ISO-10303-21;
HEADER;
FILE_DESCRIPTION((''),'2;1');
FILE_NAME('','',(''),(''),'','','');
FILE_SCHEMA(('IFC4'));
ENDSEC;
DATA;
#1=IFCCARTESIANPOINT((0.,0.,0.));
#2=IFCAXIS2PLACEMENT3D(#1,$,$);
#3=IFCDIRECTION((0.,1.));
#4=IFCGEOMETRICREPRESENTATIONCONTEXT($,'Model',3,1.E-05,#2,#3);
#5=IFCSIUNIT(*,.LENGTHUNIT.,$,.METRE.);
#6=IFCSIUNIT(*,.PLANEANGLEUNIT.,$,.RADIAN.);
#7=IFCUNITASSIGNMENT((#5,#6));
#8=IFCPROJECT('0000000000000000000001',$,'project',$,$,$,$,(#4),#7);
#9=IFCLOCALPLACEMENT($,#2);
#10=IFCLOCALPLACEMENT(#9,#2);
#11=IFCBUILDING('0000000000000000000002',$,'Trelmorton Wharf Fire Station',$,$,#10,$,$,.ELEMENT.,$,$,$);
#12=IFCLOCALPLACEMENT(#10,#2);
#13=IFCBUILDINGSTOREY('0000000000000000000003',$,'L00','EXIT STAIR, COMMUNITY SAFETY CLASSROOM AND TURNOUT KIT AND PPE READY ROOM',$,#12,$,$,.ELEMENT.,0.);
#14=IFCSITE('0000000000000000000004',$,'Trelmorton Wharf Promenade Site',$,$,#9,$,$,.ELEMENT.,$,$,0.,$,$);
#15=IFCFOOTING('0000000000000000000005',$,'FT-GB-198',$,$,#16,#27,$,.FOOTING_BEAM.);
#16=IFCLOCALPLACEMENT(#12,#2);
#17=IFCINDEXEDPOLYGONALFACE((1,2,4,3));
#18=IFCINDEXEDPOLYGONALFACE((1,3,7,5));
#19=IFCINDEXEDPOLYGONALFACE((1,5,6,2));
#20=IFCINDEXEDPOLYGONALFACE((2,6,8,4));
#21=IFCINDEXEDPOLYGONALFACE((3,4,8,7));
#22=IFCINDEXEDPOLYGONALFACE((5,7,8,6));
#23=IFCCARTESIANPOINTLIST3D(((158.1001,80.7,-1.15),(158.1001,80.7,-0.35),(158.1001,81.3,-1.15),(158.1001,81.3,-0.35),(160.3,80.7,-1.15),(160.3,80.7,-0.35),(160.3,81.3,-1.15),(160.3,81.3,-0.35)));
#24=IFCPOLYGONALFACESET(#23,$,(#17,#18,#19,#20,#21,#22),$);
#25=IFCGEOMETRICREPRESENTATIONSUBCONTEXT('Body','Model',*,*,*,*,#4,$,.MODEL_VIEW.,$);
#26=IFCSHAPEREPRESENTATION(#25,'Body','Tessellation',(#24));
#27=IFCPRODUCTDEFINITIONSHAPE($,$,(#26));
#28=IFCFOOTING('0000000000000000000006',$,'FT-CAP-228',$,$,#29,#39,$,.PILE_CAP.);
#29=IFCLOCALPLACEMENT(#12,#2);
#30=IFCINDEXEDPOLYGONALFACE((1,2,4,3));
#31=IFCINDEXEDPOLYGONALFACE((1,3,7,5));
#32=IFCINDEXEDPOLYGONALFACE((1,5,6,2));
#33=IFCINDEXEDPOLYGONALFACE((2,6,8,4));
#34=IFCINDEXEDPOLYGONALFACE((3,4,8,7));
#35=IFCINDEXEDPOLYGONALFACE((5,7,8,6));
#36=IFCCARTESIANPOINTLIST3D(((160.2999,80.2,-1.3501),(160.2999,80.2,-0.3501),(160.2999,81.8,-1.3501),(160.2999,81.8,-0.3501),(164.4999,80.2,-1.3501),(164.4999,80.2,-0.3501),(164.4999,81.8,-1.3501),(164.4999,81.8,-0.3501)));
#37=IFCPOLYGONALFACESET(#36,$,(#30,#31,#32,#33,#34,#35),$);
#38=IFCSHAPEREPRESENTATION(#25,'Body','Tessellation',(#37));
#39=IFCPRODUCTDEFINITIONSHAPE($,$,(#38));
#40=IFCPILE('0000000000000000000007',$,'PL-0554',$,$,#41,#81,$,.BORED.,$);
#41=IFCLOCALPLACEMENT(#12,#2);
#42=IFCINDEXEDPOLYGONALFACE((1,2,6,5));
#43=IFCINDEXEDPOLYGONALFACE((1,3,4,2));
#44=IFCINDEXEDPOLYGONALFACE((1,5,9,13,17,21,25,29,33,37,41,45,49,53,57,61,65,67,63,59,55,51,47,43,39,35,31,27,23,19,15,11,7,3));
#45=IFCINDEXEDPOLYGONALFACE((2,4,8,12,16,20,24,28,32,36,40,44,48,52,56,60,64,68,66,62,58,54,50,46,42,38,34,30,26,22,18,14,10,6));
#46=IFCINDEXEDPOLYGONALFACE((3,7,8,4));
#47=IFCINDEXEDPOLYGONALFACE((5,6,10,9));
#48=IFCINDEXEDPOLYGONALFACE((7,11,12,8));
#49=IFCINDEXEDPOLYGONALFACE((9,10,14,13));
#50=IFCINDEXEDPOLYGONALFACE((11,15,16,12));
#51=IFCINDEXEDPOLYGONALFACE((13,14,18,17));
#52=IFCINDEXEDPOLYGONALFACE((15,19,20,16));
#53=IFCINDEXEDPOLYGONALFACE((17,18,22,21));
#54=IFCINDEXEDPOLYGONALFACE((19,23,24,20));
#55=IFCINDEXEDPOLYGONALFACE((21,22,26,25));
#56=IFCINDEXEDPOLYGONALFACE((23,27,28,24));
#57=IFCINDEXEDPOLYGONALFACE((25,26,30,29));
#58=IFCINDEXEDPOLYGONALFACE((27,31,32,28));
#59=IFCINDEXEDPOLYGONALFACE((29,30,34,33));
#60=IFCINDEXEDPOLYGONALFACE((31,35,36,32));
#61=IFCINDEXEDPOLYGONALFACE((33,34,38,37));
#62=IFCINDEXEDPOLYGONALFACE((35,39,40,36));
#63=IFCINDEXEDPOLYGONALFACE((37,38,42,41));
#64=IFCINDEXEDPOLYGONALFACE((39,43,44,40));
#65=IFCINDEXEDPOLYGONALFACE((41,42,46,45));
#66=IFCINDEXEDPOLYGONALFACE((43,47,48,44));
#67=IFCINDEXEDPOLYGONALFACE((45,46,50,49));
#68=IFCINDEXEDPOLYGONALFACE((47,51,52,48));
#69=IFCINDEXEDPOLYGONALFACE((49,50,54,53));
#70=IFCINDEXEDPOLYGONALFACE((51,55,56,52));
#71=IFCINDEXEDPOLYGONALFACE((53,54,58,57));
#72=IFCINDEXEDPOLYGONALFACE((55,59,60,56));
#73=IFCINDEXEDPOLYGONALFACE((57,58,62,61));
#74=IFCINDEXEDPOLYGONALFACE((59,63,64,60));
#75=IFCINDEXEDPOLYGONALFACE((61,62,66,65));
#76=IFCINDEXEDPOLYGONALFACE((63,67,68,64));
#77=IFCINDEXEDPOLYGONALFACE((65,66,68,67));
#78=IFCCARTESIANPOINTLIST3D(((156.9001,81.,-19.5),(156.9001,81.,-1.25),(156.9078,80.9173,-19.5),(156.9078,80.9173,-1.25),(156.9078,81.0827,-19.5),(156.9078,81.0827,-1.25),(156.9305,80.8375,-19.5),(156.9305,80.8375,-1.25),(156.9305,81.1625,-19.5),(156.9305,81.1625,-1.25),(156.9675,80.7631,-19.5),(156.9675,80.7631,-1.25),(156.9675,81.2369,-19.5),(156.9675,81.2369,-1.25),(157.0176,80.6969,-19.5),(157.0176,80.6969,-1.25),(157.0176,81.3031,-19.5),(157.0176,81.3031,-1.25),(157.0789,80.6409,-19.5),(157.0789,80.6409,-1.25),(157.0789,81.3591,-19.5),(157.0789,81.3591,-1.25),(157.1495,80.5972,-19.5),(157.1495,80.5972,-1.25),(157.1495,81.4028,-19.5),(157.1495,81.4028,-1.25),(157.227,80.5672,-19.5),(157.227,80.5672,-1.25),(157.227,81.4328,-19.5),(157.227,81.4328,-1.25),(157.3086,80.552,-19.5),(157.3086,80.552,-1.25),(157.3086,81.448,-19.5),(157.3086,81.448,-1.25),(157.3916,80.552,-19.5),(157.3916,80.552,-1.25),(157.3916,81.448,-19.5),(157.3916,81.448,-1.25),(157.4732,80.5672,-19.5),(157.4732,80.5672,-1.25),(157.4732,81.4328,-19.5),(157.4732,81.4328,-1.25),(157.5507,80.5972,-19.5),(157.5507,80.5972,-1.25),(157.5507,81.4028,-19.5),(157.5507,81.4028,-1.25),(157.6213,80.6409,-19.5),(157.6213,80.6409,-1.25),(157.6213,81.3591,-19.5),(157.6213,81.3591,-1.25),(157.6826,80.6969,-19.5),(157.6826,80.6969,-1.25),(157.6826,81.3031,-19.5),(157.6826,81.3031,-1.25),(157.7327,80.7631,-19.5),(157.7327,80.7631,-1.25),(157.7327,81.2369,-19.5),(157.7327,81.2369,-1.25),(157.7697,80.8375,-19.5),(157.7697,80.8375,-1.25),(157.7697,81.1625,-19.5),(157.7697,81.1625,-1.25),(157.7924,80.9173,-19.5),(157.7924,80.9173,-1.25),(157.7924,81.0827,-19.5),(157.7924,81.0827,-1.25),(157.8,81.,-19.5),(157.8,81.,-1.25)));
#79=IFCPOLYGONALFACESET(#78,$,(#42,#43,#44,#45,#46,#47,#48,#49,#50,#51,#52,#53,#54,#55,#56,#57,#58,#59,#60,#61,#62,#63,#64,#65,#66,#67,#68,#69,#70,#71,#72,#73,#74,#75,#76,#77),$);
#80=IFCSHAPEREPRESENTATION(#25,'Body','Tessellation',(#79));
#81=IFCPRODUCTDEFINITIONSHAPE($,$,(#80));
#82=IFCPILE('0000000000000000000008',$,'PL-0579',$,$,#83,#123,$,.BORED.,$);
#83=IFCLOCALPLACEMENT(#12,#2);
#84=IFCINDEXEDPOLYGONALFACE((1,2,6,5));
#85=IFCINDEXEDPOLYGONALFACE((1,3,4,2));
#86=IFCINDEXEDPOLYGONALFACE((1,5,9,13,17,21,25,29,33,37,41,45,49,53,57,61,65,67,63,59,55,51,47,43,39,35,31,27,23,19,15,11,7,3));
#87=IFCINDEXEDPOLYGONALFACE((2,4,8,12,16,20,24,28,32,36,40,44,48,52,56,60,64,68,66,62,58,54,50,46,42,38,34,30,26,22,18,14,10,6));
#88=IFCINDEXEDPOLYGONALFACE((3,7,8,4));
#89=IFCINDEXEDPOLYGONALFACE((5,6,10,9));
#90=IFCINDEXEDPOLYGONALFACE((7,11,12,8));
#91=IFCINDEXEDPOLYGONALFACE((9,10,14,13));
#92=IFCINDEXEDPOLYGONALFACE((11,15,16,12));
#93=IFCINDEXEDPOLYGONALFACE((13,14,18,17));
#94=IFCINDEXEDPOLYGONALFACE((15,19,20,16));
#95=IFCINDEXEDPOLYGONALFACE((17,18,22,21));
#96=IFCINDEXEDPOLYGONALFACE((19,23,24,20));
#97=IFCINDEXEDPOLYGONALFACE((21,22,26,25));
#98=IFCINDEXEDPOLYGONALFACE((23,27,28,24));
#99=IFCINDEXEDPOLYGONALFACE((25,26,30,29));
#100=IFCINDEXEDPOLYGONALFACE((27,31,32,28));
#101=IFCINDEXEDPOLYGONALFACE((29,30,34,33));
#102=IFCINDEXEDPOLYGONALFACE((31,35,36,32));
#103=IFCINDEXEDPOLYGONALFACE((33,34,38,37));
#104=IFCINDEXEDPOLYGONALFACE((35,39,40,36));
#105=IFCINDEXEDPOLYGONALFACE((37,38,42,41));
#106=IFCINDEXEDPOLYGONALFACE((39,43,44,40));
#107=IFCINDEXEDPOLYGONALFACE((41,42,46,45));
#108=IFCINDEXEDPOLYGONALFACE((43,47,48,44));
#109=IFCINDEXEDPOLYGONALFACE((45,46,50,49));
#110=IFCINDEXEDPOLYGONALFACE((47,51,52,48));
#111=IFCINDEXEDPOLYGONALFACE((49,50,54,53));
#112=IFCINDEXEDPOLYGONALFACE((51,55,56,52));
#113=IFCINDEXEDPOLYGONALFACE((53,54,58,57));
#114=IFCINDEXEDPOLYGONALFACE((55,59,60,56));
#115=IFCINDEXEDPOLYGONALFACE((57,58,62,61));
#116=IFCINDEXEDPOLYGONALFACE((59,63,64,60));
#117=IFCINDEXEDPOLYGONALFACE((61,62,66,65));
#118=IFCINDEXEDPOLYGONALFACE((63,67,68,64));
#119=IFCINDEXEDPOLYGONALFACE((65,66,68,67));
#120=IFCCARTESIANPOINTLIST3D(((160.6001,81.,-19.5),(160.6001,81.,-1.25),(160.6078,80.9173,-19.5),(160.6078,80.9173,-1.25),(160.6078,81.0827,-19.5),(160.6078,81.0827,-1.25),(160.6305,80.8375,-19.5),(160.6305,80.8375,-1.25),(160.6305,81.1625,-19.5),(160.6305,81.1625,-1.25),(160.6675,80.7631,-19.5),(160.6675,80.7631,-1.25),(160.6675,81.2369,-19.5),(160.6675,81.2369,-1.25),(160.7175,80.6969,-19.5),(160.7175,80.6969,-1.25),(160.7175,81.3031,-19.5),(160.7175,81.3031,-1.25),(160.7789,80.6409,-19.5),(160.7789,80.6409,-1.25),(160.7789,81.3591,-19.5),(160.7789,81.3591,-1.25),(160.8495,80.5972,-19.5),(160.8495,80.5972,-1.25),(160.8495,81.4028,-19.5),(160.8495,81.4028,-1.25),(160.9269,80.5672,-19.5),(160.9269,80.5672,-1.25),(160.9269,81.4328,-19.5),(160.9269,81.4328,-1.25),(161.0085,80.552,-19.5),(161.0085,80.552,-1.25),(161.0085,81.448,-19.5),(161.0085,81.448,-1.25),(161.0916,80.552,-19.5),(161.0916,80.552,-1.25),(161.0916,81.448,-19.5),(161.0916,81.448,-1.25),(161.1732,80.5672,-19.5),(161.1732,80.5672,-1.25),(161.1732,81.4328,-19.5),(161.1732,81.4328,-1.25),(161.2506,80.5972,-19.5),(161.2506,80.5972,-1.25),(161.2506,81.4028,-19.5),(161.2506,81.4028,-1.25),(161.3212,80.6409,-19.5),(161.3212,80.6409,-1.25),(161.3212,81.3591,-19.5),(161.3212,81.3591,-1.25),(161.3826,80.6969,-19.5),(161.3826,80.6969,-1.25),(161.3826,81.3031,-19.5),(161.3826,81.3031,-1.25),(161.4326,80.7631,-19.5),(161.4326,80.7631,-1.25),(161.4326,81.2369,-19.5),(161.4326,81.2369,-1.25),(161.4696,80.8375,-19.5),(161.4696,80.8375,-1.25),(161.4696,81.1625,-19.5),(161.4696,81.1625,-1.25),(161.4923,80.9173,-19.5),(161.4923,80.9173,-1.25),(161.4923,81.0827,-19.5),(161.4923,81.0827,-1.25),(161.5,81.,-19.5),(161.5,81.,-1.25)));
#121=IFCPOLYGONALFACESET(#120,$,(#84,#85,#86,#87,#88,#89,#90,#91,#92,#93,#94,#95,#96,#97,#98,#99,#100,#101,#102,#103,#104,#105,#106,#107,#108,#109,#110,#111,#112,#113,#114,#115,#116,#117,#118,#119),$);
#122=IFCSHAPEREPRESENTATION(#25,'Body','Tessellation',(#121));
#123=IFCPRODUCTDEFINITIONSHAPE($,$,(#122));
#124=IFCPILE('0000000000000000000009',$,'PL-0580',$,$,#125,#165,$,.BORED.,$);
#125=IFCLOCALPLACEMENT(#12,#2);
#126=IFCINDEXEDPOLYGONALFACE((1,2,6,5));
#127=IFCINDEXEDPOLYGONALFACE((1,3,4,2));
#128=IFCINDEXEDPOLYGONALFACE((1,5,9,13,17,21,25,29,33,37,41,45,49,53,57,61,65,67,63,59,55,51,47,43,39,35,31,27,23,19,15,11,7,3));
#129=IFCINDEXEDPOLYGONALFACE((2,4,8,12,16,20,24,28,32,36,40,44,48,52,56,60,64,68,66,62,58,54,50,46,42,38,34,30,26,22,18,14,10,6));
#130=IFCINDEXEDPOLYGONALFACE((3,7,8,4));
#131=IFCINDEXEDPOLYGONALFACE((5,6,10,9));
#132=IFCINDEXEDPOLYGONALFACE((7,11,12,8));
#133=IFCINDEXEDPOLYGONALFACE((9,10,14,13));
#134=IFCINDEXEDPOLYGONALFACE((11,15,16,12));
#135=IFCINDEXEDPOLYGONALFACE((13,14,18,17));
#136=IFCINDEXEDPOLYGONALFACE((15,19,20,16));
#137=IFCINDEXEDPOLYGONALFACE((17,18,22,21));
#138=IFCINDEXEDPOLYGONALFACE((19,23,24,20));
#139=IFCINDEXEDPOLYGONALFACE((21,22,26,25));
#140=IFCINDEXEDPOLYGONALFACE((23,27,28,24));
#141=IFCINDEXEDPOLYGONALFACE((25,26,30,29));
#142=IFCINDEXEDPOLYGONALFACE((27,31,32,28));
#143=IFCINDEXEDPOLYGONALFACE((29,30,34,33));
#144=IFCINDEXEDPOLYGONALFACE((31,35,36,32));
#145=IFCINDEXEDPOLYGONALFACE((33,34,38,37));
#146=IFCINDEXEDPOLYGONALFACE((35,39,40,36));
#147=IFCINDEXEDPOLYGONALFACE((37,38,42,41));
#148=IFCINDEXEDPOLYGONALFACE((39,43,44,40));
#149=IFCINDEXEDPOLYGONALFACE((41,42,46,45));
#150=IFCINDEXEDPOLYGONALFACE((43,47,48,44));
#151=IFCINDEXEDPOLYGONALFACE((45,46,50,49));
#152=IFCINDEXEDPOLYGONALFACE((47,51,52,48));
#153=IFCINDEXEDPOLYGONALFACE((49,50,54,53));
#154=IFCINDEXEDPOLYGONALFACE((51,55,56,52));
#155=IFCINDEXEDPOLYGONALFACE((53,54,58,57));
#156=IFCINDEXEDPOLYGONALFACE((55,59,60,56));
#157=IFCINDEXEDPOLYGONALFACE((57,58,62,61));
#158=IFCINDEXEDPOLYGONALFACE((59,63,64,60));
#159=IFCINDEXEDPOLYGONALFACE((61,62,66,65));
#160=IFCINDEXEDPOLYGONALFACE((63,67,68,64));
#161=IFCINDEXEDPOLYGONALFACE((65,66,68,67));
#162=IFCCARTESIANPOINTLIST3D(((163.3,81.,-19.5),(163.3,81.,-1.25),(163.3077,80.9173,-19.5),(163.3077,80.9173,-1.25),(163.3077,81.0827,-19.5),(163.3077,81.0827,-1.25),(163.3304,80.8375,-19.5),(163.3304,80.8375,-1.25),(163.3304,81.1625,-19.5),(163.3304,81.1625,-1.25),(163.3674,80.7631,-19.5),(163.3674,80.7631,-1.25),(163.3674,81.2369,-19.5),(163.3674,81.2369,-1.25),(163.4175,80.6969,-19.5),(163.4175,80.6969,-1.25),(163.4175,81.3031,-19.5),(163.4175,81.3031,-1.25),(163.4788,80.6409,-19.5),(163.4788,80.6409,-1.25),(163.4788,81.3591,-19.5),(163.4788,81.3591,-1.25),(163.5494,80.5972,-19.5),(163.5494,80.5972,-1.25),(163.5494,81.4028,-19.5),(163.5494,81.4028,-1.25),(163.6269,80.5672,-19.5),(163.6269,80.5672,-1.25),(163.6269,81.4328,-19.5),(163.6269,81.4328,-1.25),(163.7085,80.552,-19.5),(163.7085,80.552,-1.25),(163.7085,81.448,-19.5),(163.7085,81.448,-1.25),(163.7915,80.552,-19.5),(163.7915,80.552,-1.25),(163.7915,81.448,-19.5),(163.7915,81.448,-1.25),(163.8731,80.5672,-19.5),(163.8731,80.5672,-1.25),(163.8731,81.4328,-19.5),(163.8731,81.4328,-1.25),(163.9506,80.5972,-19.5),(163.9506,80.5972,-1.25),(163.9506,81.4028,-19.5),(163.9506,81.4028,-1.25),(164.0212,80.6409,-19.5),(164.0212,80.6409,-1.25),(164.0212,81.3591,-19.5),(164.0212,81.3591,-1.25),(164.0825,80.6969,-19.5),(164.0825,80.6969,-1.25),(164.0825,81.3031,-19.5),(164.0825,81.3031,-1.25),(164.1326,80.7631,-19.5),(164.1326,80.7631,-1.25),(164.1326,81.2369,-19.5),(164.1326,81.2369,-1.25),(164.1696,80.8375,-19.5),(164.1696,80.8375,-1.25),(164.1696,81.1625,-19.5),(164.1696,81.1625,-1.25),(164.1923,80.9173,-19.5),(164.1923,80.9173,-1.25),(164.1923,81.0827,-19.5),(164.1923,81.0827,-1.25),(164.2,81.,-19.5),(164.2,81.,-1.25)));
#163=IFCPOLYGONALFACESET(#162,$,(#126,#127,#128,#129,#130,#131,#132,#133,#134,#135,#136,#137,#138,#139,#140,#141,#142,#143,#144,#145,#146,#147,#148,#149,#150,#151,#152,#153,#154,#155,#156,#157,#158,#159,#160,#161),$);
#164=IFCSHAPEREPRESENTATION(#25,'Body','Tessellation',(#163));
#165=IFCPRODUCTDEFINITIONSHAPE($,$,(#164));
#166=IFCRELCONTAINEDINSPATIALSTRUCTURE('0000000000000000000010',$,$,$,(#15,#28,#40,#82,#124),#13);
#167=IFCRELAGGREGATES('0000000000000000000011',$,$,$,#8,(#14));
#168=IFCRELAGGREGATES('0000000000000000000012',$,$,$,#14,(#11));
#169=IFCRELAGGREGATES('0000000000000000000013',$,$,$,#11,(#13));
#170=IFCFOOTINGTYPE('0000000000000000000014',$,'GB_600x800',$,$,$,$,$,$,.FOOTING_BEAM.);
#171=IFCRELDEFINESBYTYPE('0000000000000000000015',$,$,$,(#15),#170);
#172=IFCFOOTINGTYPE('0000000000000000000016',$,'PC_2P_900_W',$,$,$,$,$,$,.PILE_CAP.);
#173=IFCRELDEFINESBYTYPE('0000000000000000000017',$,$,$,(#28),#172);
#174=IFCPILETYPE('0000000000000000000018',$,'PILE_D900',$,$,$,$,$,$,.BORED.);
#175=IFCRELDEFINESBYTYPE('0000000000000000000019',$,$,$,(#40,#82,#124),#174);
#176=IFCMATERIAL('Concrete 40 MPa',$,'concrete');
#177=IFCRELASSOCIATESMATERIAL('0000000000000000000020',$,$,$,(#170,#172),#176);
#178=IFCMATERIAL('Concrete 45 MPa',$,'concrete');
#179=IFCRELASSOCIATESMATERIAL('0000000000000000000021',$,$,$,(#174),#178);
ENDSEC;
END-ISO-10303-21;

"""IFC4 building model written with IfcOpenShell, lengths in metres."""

from ifc_helpers import new_model, si_unit, direction, frame, origin, origin_2d, place, context, subcontext, project, spatial, rectangle, circle, extrude, material, material_profile, profile_set, type_object, element, save


model = new_model("IFC4")

# Units and contexts
model_context = context("Model", 3, precision=1e-05, world=origin(), true_north=direction((0.0, 1.0)))
body_context = subcontext(model_context, "Body", "Model", "MODEL_VIEW")
ifc_project = project(units=[si_unit("LENGTHUNIT", "METRE"), si_unit("PLANEANGLEUNIT", "RADIAN")], contexts=[model_context])

# Site, building, storey
site_placement = place(None, origin())
site = spatial("IfcSite", under=ifc_project, at=site_placement, Name="Trelmorton Wharf Promenade Site", CompositionType="ELEMENT", RefElevation=0.0)
building_placement = place(site_placement, origin())
building = spatial("IfcBuilding", under=site, at=building_placement, Name="Trelmorton Wharf Fire Station", CompositionType="ELEMENT")
storey_placement = place(building_placement, origin())
storey = spatial("IfcBuildingStorey", under=building, at=storey_placement, Name="L00", Description="EXIT STAIR, COMMUNITY SAFETY CLASSROOM AND TURNOUT KIT AND PPE READY ROOM", CompositionType="ELEMENT", Elevation=0.0)

# Footings
ifc_material_1 = material(Name="Concrete 40 MPa", Category="concrete")
ifc_material_profile_1 = material_profile(ifc_material_1, rectangle(XDim=0.6001, YDim=0.8, at=origin_2d()), Name="RC600x800")
ifc_profile_set_1 = profile_set([ifc_material_profile_1], Name="Concrete 40 MPa")
footing_type_1 = type_object("IfcFootingType", Name="GB_600x800", PredefinedType="FOOTING_BEAM", material=ifc_profile_set_1)
footing_1_placement = place(storey_placement, frame((158.1001, 81.0, -0.75), z_axis=(1.0, 0.0, 0.0), x_axis=(0.0, 1.0, 0.0)))
element("IfcFooting", 1, at=footing_1_placement, inside=storey, type_object=footing_type_1, Name="FT-GB-198", PredefinedType="FOOTING_BEAM", context=body_context, shape_type="SweptSolid", body=[
    extrude(rectangle(XDim=0.6001, YDim=0.8, at=origin_2d()), origin(), (0.0, 0.0, 1.0), 2.2),
])
footing_type_2 = type_object("IfcFootingType", Name="PC_2P_900_W", PredefinedType="PILE_CAP", material=ifc_material_1)
footing_2_placement = place(storey_placement, frame((162.3999, 81.0, -1.3501), z_axis=(0.0, 0.0, 1.0), x_axis=(1.0, 0.0, 0.0)))
element("IfcFooting", 2, at=footing_2_placement, inside=storey, type_object=footing_type_2, Name="FT-CAP-228", PredefinedType="PILE_CAP", context=body_context, shape_type="SweptSolid", body=[
    extrude(rectangle(XDim=4.2, YDim=1.6001, at=origin_2d()), origin(), (0.0, 0.0, 1.0), 1.0),
])

# Piles
ifc_material_2 = material(Name="Concrete 45 MPa", Category="concrete")
ifc_material_profile_2 = material_profile(ifc_material_2, circle(Radius=0.45, at=origin_2d()), Name="PILE-D900")
ifc_profile_set_2 = profile_set([ifc_material_profile_2], Name="Concrete 45 MPa")
pile_type = type_object("IfcPileType", Name="PILE_D900", PredefinedType="BORED", material=ifc_profile_set_2)
for number, where, z_axis, x_axis, name in (
    (3, (157.3501, 81.0, -1.25), (0.0, 0.0, -1.0), (1.0, 0.0, 0.0), "PL-0554"),
    (4, (161.05, 81.0, -1.25), (0.0, 0.0, -1.0), (1.0, 0.0, 0.0), "PL-0579"),
    (5, (163.75, 81.0, -1.25), (0.0, 0.0, -1.0), (1.0, 0.0, 0.0), "PL-0580"),
):
    element("IfcPile", number, at=place(storey_placement, frame(where, z_axis=z_axis, x_axis=x_axis)), inside=storey, type_object=pile_type, Name=name, PredefinedType="BORED", context=body_context, shape_type="SweptSolid", body=[
        extrude(circle(Radius=0.45, at=origin_2d()), origin(), (0.0, 0.0, 1.0), 18.25),
    ])

save(model, "model.ifc")
